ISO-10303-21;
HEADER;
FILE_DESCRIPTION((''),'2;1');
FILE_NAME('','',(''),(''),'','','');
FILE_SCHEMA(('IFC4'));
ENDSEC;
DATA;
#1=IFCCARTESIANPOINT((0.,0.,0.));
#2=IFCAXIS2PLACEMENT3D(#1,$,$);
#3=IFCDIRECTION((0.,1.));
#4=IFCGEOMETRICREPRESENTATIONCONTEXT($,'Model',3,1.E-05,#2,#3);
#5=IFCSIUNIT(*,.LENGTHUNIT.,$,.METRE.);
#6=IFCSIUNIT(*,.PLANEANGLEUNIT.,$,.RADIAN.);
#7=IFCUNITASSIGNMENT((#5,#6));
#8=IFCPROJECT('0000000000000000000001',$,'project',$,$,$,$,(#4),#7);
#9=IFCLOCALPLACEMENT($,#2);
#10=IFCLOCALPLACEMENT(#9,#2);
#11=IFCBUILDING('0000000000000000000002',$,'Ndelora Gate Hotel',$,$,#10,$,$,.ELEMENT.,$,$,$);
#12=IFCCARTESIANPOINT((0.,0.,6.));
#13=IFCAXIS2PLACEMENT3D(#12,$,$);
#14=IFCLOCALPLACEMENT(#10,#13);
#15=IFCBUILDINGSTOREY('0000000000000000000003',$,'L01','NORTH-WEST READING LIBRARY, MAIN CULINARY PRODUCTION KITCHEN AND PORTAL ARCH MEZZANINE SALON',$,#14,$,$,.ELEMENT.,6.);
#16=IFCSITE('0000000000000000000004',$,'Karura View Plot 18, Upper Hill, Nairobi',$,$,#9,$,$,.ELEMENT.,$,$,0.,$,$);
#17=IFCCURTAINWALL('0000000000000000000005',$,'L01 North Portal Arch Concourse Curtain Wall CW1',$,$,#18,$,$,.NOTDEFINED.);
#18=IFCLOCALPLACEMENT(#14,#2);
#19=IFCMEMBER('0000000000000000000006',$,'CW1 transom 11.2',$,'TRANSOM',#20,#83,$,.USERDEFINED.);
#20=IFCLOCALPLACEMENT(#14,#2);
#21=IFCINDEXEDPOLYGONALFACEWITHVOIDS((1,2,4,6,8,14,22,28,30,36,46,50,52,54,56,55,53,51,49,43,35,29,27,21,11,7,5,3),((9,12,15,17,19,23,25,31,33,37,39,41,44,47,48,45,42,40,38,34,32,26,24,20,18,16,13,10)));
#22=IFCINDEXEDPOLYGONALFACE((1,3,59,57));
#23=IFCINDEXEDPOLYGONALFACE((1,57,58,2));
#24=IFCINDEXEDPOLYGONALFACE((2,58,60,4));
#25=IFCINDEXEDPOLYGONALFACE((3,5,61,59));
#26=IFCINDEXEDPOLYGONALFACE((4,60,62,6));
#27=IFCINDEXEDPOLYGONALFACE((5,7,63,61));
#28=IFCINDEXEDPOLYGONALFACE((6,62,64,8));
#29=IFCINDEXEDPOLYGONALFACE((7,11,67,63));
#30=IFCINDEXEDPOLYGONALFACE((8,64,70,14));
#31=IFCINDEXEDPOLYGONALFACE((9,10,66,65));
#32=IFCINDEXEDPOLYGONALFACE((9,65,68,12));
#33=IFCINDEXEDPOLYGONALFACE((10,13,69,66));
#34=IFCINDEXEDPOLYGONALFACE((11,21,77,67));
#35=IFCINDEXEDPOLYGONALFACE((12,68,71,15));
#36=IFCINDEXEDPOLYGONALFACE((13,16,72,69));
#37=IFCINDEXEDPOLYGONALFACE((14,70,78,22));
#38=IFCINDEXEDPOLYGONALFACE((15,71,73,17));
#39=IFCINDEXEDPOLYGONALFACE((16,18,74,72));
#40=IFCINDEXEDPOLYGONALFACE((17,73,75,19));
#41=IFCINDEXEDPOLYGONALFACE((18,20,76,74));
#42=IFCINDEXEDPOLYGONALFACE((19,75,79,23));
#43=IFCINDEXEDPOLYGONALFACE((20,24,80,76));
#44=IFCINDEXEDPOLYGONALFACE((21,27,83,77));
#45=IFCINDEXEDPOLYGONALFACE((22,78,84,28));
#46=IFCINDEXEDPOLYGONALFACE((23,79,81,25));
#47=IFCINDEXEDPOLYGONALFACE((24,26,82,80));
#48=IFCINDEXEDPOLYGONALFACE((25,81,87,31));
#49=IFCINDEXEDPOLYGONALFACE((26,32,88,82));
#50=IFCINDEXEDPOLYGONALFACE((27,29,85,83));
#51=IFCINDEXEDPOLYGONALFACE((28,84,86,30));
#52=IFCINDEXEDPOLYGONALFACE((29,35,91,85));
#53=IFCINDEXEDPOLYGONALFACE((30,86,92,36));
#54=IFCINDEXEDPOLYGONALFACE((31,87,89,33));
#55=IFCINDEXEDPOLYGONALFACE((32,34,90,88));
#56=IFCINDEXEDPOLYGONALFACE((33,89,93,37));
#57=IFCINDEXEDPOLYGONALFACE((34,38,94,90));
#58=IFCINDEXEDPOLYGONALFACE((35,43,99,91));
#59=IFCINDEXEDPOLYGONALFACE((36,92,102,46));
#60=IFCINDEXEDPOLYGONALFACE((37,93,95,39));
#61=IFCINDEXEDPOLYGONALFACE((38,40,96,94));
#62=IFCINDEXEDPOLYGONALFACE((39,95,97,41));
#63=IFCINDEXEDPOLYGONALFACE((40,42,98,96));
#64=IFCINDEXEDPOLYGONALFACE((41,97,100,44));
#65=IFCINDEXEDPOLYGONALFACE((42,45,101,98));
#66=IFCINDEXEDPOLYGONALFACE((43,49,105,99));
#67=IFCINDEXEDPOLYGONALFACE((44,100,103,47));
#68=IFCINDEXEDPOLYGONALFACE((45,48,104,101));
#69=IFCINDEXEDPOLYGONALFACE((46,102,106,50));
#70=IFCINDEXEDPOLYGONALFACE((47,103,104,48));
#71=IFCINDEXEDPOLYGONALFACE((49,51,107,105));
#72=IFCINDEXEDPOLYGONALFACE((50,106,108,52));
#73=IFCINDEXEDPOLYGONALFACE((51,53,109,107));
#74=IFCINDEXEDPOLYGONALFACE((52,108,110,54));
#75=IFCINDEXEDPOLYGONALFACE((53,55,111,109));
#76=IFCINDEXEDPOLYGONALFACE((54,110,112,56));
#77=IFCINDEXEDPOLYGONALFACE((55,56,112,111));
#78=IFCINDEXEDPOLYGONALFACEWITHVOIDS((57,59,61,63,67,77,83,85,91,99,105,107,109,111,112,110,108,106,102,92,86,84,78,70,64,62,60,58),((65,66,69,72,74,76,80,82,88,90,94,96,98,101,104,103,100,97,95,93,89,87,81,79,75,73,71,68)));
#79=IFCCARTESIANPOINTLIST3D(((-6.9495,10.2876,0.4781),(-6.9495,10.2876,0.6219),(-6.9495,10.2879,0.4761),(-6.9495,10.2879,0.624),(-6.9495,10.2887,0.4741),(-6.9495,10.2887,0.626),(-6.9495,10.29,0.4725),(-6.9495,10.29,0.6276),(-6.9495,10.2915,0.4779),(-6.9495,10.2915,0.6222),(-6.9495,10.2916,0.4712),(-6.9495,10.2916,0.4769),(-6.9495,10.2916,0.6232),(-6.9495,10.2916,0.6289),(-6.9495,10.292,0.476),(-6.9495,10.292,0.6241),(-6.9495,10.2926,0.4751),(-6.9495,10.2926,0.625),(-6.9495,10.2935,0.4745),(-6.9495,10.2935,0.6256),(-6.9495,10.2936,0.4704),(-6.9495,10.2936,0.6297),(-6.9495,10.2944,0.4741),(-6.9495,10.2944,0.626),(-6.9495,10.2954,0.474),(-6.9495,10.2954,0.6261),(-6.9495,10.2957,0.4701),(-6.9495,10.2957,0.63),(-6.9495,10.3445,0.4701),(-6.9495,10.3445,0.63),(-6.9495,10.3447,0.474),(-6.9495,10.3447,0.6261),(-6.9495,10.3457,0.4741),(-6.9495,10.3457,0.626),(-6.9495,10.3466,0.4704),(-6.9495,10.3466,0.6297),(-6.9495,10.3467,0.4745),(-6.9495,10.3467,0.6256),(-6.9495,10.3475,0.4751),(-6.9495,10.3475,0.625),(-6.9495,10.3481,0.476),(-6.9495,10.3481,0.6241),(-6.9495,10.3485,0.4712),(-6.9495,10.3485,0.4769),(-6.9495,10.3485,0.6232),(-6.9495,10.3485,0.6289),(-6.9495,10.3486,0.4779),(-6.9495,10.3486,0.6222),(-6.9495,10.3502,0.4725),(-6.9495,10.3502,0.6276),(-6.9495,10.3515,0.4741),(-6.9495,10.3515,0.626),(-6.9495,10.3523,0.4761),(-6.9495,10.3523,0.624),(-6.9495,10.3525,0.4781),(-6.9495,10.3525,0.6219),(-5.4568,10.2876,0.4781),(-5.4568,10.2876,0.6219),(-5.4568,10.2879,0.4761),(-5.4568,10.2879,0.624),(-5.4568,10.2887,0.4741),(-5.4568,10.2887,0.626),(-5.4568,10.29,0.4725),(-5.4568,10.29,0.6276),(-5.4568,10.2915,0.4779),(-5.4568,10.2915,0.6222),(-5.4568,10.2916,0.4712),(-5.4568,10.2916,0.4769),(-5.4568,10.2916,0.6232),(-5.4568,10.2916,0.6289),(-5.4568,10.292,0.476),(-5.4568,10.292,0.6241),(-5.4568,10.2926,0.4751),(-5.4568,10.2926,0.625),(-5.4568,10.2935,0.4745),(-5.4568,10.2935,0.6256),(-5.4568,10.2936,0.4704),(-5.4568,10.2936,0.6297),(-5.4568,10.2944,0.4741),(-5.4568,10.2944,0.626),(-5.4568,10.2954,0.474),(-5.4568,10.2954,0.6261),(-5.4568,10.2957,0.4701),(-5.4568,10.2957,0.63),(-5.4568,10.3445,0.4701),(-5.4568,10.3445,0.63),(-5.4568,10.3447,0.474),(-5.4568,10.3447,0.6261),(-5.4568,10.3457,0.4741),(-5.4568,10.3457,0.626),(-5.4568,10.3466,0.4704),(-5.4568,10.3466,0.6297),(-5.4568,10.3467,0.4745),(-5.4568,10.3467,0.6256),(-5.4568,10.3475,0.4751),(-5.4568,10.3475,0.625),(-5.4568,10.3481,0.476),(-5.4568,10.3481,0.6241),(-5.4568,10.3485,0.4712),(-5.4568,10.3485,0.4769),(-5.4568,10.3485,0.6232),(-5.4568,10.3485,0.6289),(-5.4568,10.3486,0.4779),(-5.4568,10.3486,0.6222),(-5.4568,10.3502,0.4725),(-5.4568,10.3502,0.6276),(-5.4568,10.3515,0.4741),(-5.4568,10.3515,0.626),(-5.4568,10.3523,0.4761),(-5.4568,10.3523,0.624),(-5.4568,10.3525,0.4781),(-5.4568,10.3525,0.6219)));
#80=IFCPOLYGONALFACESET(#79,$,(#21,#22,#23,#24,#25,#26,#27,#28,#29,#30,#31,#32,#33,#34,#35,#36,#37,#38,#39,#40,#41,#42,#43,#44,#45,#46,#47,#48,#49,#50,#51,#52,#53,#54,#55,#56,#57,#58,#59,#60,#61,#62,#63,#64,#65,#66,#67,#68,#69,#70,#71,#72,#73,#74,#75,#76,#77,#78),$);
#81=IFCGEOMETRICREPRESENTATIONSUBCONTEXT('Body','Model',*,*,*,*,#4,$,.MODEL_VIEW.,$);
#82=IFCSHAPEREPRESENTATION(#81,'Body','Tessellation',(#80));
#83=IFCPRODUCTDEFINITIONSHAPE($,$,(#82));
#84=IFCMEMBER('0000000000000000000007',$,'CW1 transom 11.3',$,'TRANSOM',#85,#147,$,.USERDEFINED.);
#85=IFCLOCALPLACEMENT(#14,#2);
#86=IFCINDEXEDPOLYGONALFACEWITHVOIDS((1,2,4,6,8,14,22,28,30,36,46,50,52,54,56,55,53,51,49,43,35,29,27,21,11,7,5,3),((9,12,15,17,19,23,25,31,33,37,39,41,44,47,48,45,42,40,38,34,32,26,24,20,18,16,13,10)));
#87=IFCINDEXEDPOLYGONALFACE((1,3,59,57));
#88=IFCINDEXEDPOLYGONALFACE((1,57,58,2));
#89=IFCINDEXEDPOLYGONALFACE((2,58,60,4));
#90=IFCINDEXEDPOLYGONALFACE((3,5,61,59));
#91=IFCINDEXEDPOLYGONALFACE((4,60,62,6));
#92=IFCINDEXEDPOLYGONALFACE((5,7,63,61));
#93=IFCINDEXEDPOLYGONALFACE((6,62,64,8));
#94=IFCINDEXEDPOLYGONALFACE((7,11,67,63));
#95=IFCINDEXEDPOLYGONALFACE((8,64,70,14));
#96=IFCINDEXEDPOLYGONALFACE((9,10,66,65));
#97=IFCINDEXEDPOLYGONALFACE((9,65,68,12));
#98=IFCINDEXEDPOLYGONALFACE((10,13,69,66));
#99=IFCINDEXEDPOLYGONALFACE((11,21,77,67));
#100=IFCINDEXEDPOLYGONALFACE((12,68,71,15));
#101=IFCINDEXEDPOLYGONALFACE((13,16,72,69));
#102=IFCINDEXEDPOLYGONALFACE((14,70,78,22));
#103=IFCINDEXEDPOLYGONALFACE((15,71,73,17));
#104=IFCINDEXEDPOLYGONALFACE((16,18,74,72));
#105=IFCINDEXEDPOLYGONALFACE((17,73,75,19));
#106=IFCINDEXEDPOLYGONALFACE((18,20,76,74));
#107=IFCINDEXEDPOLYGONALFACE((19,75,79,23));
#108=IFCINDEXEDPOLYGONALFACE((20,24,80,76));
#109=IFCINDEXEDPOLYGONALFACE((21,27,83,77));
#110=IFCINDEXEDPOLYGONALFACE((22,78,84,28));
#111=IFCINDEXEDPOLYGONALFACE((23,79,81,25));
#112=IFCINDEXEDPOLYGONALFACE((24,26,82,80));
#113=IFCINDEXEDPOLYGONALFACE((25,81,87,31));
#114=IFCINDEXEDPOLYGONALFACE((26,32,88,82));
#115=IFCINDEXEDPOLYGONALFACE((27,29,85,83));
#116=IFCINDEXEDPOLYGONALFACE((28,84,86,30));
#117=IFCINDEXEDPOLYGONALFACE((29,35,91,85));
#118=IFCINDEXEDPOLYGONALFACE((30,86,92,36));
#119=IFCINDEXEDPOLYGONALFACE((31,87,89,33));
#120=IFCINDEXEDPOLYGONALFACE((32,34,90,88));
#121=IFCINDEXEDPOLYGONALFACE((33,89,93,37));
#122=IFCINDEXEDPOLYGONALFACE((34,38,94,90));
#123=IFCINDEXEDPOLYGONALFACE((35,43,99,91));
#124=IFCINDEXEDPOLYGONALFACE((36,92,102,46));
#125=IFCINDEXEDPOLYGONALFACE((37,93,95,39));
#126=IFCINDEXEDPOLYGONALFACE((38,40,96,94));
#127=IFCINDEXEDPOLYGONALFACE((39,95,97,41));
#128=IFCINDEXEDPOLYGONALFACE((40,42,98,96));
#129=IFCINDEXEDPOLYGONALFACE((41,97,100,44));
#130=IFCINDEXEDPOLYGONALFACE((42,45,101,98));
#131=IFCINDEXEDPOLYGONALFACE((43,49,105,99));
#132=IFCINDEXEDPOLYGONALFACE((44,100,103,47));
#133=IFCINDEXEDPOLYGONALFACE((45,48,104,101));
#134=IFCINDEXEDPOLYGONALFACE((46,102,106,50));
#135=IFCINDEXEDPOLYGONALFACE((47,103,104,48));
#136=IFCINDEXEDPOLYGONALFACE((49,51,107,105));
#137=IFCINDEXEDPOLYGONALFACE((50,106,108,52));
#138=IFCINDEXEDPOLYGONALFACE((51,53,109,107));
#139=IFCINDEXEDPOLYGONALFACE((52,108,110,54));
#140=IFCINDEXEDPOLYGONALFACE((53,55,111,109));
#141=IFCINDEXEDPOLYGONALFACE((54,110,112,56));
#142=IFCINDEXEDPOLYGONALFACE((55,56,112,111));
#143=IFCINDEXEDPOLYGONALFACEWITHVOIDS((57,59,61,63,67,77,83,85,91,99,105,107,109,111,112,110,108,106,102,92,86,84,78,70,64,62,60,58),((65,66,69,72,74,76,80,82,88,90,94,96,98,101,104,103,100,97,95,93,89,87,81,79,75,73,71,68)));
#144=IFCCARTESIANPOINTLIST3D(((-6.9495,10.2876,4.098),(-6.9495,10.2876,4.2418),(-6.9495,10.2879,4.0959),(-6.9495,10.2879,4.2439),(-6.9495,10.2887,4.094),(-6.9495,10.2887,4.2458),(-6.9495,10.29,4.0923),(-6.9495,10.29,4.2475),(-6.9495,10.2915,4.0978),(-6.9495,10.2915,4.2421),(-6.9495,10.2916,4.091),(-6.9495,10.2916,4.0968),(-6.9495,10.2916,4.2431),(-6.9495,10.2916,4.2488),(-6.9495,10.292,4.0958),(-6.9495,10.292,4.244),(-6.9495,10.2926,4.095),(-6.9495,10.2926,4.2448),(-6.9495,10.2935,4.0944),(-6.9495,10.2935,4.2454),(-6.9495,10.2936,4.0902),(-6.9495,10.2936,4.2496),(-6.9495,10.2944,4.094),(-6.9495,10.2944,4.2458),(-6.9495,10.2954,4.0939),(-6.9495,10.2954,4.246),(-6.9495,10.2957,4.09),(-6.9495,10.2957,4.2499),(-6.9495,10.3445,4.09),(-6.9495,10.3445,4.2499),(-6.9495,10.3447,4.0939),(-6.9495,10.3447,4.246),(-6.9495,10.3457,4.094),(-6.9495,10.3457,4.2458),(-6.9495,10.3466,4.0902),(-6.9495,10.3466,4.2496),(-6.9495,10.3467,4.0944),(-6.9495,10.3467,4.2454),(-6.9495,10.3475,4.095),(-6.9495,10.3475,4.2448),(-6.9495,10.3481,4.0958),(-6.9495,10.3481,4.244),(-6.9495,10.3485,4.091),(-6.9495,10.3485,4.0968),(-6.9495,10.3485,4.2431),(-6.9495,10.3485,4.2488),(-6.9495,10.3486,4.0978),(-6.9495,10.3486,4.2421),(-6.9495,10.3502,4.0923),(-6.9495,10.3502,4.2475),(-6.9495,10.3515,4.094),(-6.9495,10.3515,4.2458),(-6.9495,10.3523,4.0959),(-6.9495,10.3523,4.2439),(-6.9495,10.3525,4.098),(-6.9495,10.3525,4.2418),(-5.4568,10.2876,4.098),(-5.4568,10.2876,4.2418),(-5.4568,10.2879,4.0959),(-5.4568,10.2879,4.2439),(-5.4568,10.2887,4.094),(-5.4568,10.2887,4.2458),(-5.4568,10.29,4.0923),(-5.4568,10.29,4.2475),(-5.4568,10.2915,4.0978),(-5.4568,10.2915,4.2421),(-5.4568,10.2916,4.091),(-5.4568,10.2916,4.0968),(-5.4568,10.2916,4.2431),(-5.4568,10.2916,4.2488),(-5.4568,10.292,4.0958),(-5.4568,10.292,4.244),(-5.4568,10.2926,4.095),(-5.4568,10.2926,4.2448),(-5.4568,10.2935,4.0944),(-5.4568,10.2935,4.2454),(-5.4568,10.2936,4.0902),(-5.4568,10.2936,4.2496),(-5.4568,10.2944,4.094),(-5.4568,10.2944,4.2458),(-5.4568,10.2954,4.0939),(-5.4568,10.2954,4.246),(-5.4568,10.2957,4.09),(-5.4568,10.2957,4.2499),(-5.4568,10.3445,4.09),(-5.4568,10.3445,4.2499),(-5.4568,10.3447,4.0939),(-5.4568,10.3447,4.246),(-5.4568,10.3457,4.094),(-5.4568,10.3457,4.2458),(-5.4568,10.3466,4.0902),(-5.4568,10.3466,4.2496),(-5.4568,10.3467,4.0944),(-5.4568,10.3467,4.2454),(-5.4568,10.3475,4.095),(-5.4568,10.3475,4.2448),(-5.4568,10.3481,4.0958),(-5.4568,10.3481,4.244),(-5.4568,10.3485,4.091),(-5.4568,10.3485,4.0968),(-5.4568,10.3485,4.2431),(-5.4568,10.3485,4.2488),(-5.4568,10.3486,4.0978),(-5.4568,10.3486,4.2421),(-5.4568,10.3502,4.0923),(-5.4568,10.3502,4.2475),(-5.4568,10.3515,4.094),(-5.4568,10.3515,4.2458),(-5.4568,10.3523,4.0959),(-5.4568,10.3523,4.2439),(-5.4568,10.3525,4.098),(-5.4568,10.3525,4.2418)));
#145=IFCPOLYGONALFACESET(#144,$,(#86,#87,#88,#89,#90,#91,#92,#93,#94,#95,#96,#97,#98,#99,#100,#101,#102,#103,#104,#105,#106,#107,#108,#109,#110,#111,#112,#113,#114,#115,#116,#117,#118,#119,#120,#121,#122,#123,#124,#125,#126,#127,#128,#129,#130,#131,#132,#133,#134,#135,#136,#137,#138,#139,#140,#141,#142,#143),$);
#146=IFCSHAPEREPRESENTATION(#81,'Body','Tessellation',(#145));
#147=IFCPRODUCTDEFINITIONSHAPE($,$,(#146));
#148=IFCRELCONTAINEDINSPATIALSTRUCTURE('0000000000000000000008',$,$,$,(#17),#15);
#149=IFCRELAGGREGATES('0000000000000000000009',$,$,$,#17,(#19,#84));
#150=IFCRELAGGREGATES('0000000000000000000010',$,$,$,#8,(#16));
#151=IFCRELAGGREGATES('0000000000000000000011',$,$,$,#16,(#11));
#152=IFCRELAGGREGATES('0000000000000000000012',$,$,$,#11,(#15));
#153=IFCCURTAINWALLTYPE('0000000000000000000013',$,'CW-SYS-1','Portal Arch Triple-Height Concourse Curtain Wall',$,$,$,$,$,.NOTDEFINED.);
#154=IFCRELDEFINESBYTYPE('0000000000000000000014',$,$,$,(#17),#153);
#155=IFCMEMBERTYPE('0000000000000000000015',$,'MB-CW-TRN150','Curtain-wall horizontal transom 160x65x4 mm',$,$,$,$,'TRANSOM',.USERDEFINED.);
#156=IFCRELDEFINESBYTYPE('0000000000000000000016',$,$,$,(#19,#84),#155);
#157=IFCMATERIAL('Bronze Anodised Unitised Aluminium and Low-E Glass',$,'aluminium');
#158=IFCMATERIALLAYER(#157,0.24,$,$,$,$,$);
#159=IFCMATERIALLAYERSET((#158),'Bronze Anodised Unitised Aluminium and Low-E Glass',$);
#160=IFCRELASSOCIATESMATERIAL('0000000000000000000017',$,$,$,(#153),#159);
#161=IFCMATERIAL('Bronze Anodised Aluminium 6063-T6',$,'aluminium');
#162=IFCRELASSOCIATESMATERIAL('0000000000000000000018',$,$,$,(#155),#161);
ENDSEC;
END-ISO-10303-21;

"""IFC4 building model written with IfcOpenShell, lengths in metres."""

from ifc_helpers import new_model, si_unit, direction, frame, origin, origin_2d, place, context, subcontext, project, spatial, hollow_rectangle, extrude, material, layer, layer_set, material_profile, profile_set, type_object, element, aggregate, save


model = new_model("IFC4")

# Units and contexts
model_context = context("Model", 3, precision=1e-05, world=origin(), true_north=direction((0.0, 1.0)))
body_context = subcontext(model_context, "Body", "Model", "MODEL_VIEW")
ifc_project = project(units=[si_unit("LENGTHUNIT", "METRE"), si_unit("PLANEANGLEUNIT", "RADIAN")], contexts=[model_context])

# Site, building, storey
site_placement = place(None, origin())
site = spatial("IfcSite", under=ifc_project, at=site_placement, Name="Karura View Plot 18, Upper Hill, Nairobi", CompositionType="ELEMENT", RefElevation=0.0)
building_placement = place(site_placement, origin())
building = spatial("IfcBuilding", under=site, at=building_placement, Name="Ndelora Gate Hotel", CompositionType="ELEMENT")
storey_placement = place(building_placement, frame((0.0, 0.0, 6.0)))
storey = spatial("IfcBuildingStorey", under=building, at=storey_placement, Name="L01", Description="NORTH-WEST READING LIBRARY, MAIN CULINARY PRODUCTION KITCHEN AND PORTAL ARCH MEZZANINE SALON", CompositionType="ELEMENT", Elevation=6.0)

# Curtain wall, members
ifc_material_1 = material(Name="Bronze Anodised Unitised Aluminium and Low-E Glass", Category="aluminium")
ifc_layer_1 = layer(ifc_material_1, 0.24)
ifc_layer_set_1 = layer_set([ifc_layer_1], Name="Bronze Anodised Unitised Aluminium and Low-E Glass")
curtain_wall_type = type_object("IfcCurtainWallType", Name="CW-SYS-1", Description="Portal Arch Triple-Height Concourse Curtain Wall", PredefinedType="NOTDEFINED", material=ifc_layer_set_1)
curtain_wall_placement = place(storey_placement, origin())
curtain_wall = element("IfcCurtainWall", 1, at=curtain_wall_placement, inside=storey, type_object=curtain_wall_type, Name="L01 North Portal Arch Concourse Curtain Wall CW1", PredefinedType="NOTDEFINED")
ifc_material_2 = material(Name="Bronze Anodised Aluminium 6063-T6", Category="aluminium")
ifc_material_profile_1 = material_profile(ifc_material_2, hollow_rectangle(XDim=0.0649, YDim=0.1599, WallThickness=0.0039, InnerFilletRadius=0.0039, OuterFilletRadius=0.0081, at=origin_2d()), Name="ALU 160x65x4")
ifc_profile_set_1 = profile_set([ifc_material_profile_1], Name="Bronze Anodised Aluminium 6063-T6")
member_type_1 = type_object("IfcMemberType", Name="MB-CW-TRN150", Description="Curtain-wall horizontal transom 160x65x4 mm", ElementType="TRANSOM", PredefinedType="USERDEFINED", material=ifc_profile_set_1)
member_1_placement = place(storey_placement, frame((-5.4568, 10.3201, 0.55), z_axis=(-1.0, 0.0, 0.0), x_axis=(0.0, -1.0, 0.0)))
member_1 = element("IfcMember", 2, at=member_1_placement, type_object=member_type_1, Name="CW1 transom 11.2", ObjectType="TRANSOM", PredefinedType="USERDEFINED", context=body_context, shape_type="SweptSolid", body=[
    extrude(hollow_rectangle(XDim=0.0649, YDim=0.1599, WallThickness=0.0039, InnerFilletRadius=0.0039, OuterFilletRadius=0.0081, at=origin_2d()), origin(), (0.0, 0.0, 1.0), 1.4927),
])
member_2_placement = place(storey_placement, frame((-5.4568, 10.3201, 4.1699), z_axis=(-1.0, 0.0, 0.0), x_axis=(0.0, -1.0, 0.0)))
member_2 = element("IfcMember", 3, at=member_2_placement, type_object=member_type_1, Name="CW1 transom 11.3", ObjectType="TRANSOM", PredefinedType="USERDEFINED", context=body_context, shape_type="SweptSolid", body=[
    extrude(hollow_rectangle(XDim=0.0649, YDim=0.1599, WallThickness=0.0039, InnerFilletRadius=0.0039, OuterFilletRadius=0.0081, at=origin_2d()), origin(), (0.0, 0.0, 1.0), 1.4927),
])
aggregate(curtain_wall, [member_1, member_2])

save(model, "model.ifc")
